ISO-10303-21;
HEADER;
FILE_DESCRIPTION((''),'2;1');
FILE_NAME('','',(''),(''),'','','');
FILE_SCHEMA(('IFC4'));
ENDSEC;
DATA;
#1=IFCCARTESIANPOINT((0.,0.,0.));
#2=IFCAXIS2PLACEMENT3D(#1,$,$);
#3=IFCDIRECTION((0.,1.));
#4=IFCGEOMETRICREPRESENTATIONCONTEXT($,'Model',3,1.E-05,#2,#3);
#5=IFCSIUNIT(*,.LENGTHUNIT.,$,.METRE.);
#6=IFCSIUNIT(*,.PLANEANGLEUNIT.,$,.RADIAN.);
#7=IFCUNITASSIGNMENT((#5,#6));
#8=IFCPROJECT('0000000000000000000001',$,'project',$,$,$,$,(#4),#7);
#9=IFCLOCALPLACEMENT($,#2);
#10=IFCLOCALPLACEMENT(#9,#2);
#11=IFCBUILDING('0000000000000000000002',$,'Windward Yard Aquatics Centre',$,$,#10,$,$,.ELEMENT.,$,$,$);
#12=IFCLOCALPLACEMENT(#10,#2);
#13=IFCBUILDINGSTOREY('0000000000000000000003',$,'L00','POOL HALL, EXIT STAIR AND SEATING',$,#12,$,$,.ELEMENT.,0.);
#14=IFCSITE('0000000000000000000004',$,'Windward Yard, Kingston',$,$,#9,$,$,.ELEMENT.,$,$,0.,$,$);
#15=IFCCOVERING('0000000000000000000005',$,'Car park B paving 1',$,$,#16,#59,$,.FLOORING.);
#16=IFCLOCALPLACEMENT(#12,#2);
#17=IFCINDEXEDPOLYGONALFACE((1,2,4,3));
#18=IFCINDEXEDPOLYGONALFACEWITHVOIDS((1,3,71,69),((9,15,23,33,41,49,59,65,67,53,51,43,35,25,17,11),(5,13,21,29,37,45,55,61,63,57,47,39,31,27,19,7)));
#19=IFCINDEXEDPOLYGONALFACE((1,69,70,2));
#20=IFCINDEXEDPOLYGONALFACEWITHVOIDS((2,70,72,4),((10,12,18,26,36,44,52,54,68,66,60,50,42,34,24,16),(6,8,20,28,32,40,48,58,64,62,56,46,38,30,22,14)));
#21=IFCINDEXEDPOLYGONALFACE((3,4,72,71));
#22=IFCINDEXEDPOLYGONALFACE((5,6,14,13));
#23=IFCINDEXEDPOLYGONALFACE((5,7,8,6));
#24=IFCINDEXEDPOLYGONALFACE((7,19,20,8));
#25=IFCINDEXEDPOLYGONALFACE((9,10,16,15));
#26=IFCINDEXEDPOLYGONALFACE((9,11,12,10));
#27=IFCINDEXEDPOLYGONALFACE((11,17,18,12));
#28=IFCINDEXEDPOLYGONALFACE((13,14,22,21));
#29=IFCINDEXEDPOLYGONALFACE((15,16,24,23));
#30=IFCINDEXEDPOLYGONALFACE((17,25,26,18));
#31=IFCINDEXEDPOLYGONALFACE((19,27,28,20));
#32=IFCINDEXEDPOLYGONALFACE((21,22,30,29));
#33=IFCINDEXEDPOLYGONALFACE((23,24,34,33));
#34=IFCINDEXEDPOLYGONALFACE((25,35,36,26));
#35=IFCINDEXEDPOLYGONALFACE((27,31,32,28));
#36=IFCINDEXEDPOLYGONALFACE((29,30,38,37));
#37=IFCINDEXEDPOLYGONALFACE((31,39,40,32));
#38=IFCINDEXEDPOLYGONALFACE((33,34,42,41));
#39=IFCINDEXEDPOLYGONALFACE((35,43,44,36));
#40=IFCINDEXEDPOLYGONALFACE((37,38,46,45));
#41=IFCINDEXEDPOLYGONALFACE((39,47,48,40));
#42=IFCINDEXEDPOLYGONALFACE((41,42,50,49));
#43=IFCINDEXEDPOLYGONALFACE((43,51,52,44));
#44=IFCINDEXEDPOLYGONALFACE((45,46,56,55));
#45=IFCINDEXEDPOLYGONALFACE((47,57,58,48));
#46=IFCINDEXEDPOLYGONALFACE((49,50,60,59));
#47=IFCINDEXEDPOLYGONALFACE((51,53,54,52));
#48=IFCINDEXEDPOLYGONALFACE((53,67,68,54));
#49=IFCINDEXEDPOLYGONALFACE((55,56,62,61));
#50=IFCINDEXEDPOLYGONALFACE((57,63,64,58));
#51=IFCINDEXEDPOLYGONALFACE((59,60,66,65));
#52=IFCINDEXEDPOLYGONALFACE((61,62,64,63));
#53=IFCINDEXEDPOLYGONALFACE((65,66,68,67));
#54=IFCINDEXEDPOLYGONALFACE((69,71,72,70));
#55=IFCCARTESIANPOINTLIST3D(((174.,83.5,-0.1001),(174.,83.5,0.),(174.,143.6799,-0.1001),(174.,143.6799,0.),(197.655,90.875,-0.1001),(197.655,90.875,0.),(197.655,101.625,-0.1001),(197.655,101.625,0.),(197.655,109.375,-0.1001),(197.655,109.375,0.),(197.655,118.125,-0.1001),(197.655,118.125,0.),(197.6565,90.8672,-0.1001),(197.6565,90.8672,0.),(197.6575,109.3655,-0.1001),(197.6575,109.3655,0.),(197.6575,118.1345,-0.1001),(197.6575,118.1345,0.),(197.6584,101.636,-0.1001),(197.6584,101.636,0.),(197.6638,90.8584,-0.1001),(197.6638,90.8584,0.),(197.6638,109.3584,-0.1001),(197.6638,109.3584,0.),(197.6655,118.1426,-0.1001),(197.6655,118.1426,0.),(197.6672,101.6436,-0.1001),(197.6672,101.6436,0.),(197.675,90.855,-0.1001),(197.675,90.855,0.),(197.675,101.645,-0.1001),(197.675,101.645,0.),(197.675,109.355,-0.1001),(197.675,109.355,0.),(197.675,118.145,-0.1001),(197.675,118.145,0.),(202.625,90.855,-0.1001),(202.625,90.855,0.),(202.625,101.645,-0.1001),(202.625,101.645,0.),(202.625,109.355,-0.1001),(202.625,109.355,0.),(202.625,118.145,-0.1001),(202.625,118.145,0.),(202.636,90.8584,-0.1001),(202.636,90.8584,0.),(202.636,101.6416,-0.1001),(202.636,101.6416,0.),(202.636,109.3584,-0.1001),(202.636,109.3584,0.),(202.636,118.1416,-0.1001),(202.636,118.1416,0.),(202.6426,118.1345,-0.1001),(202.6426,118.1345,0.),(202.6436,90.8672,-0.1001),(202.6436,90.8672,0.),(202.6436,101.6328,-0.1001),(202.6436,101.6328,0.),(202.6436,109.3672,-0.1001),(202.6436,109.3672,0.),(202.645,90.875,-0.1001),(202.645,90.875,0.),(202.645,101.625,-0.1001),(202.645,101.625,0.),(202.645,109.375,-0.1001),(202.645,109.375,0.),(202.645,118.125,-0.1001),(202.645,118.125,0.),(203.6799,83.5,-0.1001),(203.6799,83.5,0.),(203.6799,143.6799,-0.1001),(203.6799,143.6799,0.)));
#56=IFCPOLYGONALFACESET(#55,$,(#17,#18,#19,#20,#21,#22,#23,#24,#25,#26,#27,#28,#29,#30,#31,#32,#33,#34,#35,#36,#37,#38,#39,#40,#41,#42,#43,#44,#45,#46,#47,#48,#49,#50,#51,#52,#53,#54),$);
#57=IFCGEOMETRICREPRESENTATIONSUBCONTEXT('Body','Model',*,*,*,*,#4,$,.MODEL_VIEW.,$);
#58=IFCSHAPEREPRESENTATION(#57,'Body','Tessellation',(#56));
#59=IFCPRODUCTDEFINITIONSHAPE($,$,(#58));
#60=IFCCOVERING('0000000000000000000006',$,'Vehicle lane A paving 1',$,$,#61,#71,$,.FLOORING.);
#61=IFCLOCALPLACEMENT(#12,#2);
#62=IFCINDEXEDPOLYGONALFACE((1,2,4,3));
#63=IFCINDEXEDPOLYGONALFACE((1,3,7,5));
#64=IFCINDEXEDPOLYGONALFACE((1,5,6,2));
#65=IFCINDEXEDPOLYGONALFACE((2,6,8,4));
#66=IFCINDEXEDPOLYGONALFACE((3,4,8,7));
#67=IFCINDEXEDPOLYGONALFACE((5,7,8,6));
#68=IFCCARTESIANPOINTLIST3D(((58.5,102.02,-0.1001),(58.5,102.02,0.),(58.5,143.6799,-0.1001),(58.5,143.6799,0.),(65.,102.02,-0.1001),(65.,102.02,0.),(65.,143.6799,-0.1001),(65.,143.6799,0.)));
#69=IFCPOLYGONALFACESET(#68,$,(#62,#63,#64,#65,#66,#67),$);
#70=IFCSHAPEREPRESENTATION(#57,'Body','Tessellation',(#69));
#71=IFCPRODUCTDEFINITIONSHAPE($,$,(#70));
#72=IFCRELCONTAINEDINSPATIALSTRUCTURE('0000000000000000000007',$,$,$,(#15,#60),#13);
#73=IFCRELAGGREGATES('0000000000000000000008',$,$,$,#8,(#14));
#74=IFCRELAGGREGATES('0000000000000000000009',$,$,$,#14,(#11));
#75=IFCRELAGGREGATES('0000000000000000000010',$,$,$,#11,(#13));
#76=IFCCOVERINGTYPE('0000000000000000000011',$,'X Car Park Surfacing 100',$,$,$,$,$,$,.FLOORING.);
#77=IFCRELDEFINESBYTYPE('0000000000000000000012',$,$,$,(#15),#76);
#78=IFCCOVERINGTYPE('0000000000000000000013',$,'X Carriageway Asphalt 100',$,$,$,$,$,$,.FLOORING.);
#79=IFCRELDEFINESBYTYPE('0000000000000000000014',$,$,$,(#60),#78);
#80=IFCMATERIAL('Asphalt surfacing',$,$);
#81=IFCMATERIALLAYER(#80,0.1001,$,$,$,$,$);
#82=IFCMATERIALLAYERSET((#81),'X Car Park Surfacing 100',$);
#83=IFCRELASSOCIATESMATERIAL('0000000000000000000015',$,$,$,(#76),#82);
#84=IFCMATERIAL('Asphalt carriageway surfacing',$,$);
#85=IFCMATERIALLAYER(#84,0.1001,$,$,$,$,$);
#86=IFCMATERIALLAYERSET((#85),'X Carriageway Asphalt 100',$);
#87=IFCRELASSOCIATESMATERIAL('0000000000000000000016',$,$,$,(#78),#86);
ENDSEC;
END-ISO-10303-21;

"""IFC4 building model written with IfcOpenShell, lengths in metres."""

from ifc_helpers import new_model, si_unit, direction, frame, origin, place, context, subcontext, project, spatial, polyline, outline, extrude, material, layer, layer_set, type_object, element, save


model = new_model("IFC4")

# Units and contexts
model_context = context("Model", 3, precision=1e-05, world=origin(), true_north=direction((0.0, 1.0)))
body_context = subcontext(model_context, "Body", "Model", "MODEL_VIEW")
ifc_project = project(units=[si_unit("LENGTHUNIT", "METRE"), si_unit("PLANEANGLEUNIT", "RADIAN")], contexts=[model_context])

# Site, building, storey
site_placement = place(None, origin())
site = spatial("IfcSite", under=ifc_project, at=site_placement, Name="Windward Yard, Kingston", CompositionType="ELEMENT", RefElevation=0.0)
building_placement = place(site_placement, origin())
building = spatial("IfcBuilding", under=site, at=building_placement, Name="Windward Yard Aquatics Centre", CompositionType="ELEMENT")
storey_placement = place(building_placement, origin())
storey = spatial("IfcBuildingStorey", under=building, at=storey_placement, Name="L00", Description="POOL HALL, EXIT STAIR AND SEATING", CompositionType="ELEMENT", Elevation=0.0)

# Coverings
ifc_material_1 = material(Name="Asphalt surfacing")
ifc_layer_1 = layer(ifc_material_1, 0.1001)
ifc_layer_set_1 = layer_set([ifc_layer_1], Name="X Car Park Surfacing 100")
covering_type_1 = type_object("IfcCoveringType", Name="X Car Park Surfacing 100", PredefinedType="FLOORING", material=ifc_layer_set_1)
covering_1_placement = place(storey_placement, frame((0.0, 0.0, -0.1001)))
element("IfcCovering", 1, at=covering_1_placement, inside=storey, type_object=covering_type_1, Name="Car park B paving 1", PredefinedType="FLOORING", context=body_context, shape_type="SweptSolid", body=[
    extrude(outline(polyline([(174.0, 83.5), (203.6799, 83.5), (203.6799, 143.6799), (174.0, 143.6799), (174.0, 83.5)]), holes=[polyline([(197.655, 90.875), (197.6565, 90.8672), (197.6638, 90.8584), (197.675, 90.855), (202.625, 90.855), (202.636, 90.8584), (202.6436, 90.8672), (202.645, 90.875), (202.645, 101.625), (202.6436, 101.6328), (202.636, 101.6416), (202.625, 101.645), (197.675, 101.645), (197.6672, 101.6436), (197.6584, 101.636), (197.655, 101.625), (197.655, 90.875)]), polyline([(197.655, 109.375), (197.6575, 109.3655), (197.6638, 109.3584), (197.675, 109.355), (202.625, 109.355), (202.636, 109.3584), (202.6436, 109.3672), (202.645, 109.375), (202.645, 118.125), (202.6426, 118.1345), (202.636, 118.1416), (202.625, 118.145), (197.675, 118.145), (197.6655, 118.1426), (197.6575, 118.1345), (197.655, 118.125), (197.655, 109.375)])]), origin(), (0.0, 0.0, 1.0), 0.1001),
])
ifc_material_2 = material(Name="Asphalt carriageway surfacing")
ifc_layer_2 = layer(ifc_material_2, 0.1001)
ifc_layer_set_2 = layer_set([ifc_layer_2], Name="X Carriageway Asphalt 100")
covering_type_2 = type_object("IfcCoveringType", Name="X Carriageway Asphalt 100", PredefinedType="FLOORING", material=ifc_layer_set_2)
covering_2_placement = place(storey_placement, frame((0.0, 0.0, -0.1001)))
element("IfcCovering", 2, at=covering_2_placement, inside=storey, type_object=covering_type_2, Name="Vehicle lane A paving 1", PredefinedType="FLOORING", context=body_context, shape_type="SweptSolid", body=[
    extrude(outline(polyline([(58.5, 102.02), (65.0, 102.02), (65.0, 143.6799), (58.5, 143.6799), (58.5, 102.02)])), origin(), (0.0, 0.0, 1.0), 0.1001),
])

save(model, "model.ifc")
